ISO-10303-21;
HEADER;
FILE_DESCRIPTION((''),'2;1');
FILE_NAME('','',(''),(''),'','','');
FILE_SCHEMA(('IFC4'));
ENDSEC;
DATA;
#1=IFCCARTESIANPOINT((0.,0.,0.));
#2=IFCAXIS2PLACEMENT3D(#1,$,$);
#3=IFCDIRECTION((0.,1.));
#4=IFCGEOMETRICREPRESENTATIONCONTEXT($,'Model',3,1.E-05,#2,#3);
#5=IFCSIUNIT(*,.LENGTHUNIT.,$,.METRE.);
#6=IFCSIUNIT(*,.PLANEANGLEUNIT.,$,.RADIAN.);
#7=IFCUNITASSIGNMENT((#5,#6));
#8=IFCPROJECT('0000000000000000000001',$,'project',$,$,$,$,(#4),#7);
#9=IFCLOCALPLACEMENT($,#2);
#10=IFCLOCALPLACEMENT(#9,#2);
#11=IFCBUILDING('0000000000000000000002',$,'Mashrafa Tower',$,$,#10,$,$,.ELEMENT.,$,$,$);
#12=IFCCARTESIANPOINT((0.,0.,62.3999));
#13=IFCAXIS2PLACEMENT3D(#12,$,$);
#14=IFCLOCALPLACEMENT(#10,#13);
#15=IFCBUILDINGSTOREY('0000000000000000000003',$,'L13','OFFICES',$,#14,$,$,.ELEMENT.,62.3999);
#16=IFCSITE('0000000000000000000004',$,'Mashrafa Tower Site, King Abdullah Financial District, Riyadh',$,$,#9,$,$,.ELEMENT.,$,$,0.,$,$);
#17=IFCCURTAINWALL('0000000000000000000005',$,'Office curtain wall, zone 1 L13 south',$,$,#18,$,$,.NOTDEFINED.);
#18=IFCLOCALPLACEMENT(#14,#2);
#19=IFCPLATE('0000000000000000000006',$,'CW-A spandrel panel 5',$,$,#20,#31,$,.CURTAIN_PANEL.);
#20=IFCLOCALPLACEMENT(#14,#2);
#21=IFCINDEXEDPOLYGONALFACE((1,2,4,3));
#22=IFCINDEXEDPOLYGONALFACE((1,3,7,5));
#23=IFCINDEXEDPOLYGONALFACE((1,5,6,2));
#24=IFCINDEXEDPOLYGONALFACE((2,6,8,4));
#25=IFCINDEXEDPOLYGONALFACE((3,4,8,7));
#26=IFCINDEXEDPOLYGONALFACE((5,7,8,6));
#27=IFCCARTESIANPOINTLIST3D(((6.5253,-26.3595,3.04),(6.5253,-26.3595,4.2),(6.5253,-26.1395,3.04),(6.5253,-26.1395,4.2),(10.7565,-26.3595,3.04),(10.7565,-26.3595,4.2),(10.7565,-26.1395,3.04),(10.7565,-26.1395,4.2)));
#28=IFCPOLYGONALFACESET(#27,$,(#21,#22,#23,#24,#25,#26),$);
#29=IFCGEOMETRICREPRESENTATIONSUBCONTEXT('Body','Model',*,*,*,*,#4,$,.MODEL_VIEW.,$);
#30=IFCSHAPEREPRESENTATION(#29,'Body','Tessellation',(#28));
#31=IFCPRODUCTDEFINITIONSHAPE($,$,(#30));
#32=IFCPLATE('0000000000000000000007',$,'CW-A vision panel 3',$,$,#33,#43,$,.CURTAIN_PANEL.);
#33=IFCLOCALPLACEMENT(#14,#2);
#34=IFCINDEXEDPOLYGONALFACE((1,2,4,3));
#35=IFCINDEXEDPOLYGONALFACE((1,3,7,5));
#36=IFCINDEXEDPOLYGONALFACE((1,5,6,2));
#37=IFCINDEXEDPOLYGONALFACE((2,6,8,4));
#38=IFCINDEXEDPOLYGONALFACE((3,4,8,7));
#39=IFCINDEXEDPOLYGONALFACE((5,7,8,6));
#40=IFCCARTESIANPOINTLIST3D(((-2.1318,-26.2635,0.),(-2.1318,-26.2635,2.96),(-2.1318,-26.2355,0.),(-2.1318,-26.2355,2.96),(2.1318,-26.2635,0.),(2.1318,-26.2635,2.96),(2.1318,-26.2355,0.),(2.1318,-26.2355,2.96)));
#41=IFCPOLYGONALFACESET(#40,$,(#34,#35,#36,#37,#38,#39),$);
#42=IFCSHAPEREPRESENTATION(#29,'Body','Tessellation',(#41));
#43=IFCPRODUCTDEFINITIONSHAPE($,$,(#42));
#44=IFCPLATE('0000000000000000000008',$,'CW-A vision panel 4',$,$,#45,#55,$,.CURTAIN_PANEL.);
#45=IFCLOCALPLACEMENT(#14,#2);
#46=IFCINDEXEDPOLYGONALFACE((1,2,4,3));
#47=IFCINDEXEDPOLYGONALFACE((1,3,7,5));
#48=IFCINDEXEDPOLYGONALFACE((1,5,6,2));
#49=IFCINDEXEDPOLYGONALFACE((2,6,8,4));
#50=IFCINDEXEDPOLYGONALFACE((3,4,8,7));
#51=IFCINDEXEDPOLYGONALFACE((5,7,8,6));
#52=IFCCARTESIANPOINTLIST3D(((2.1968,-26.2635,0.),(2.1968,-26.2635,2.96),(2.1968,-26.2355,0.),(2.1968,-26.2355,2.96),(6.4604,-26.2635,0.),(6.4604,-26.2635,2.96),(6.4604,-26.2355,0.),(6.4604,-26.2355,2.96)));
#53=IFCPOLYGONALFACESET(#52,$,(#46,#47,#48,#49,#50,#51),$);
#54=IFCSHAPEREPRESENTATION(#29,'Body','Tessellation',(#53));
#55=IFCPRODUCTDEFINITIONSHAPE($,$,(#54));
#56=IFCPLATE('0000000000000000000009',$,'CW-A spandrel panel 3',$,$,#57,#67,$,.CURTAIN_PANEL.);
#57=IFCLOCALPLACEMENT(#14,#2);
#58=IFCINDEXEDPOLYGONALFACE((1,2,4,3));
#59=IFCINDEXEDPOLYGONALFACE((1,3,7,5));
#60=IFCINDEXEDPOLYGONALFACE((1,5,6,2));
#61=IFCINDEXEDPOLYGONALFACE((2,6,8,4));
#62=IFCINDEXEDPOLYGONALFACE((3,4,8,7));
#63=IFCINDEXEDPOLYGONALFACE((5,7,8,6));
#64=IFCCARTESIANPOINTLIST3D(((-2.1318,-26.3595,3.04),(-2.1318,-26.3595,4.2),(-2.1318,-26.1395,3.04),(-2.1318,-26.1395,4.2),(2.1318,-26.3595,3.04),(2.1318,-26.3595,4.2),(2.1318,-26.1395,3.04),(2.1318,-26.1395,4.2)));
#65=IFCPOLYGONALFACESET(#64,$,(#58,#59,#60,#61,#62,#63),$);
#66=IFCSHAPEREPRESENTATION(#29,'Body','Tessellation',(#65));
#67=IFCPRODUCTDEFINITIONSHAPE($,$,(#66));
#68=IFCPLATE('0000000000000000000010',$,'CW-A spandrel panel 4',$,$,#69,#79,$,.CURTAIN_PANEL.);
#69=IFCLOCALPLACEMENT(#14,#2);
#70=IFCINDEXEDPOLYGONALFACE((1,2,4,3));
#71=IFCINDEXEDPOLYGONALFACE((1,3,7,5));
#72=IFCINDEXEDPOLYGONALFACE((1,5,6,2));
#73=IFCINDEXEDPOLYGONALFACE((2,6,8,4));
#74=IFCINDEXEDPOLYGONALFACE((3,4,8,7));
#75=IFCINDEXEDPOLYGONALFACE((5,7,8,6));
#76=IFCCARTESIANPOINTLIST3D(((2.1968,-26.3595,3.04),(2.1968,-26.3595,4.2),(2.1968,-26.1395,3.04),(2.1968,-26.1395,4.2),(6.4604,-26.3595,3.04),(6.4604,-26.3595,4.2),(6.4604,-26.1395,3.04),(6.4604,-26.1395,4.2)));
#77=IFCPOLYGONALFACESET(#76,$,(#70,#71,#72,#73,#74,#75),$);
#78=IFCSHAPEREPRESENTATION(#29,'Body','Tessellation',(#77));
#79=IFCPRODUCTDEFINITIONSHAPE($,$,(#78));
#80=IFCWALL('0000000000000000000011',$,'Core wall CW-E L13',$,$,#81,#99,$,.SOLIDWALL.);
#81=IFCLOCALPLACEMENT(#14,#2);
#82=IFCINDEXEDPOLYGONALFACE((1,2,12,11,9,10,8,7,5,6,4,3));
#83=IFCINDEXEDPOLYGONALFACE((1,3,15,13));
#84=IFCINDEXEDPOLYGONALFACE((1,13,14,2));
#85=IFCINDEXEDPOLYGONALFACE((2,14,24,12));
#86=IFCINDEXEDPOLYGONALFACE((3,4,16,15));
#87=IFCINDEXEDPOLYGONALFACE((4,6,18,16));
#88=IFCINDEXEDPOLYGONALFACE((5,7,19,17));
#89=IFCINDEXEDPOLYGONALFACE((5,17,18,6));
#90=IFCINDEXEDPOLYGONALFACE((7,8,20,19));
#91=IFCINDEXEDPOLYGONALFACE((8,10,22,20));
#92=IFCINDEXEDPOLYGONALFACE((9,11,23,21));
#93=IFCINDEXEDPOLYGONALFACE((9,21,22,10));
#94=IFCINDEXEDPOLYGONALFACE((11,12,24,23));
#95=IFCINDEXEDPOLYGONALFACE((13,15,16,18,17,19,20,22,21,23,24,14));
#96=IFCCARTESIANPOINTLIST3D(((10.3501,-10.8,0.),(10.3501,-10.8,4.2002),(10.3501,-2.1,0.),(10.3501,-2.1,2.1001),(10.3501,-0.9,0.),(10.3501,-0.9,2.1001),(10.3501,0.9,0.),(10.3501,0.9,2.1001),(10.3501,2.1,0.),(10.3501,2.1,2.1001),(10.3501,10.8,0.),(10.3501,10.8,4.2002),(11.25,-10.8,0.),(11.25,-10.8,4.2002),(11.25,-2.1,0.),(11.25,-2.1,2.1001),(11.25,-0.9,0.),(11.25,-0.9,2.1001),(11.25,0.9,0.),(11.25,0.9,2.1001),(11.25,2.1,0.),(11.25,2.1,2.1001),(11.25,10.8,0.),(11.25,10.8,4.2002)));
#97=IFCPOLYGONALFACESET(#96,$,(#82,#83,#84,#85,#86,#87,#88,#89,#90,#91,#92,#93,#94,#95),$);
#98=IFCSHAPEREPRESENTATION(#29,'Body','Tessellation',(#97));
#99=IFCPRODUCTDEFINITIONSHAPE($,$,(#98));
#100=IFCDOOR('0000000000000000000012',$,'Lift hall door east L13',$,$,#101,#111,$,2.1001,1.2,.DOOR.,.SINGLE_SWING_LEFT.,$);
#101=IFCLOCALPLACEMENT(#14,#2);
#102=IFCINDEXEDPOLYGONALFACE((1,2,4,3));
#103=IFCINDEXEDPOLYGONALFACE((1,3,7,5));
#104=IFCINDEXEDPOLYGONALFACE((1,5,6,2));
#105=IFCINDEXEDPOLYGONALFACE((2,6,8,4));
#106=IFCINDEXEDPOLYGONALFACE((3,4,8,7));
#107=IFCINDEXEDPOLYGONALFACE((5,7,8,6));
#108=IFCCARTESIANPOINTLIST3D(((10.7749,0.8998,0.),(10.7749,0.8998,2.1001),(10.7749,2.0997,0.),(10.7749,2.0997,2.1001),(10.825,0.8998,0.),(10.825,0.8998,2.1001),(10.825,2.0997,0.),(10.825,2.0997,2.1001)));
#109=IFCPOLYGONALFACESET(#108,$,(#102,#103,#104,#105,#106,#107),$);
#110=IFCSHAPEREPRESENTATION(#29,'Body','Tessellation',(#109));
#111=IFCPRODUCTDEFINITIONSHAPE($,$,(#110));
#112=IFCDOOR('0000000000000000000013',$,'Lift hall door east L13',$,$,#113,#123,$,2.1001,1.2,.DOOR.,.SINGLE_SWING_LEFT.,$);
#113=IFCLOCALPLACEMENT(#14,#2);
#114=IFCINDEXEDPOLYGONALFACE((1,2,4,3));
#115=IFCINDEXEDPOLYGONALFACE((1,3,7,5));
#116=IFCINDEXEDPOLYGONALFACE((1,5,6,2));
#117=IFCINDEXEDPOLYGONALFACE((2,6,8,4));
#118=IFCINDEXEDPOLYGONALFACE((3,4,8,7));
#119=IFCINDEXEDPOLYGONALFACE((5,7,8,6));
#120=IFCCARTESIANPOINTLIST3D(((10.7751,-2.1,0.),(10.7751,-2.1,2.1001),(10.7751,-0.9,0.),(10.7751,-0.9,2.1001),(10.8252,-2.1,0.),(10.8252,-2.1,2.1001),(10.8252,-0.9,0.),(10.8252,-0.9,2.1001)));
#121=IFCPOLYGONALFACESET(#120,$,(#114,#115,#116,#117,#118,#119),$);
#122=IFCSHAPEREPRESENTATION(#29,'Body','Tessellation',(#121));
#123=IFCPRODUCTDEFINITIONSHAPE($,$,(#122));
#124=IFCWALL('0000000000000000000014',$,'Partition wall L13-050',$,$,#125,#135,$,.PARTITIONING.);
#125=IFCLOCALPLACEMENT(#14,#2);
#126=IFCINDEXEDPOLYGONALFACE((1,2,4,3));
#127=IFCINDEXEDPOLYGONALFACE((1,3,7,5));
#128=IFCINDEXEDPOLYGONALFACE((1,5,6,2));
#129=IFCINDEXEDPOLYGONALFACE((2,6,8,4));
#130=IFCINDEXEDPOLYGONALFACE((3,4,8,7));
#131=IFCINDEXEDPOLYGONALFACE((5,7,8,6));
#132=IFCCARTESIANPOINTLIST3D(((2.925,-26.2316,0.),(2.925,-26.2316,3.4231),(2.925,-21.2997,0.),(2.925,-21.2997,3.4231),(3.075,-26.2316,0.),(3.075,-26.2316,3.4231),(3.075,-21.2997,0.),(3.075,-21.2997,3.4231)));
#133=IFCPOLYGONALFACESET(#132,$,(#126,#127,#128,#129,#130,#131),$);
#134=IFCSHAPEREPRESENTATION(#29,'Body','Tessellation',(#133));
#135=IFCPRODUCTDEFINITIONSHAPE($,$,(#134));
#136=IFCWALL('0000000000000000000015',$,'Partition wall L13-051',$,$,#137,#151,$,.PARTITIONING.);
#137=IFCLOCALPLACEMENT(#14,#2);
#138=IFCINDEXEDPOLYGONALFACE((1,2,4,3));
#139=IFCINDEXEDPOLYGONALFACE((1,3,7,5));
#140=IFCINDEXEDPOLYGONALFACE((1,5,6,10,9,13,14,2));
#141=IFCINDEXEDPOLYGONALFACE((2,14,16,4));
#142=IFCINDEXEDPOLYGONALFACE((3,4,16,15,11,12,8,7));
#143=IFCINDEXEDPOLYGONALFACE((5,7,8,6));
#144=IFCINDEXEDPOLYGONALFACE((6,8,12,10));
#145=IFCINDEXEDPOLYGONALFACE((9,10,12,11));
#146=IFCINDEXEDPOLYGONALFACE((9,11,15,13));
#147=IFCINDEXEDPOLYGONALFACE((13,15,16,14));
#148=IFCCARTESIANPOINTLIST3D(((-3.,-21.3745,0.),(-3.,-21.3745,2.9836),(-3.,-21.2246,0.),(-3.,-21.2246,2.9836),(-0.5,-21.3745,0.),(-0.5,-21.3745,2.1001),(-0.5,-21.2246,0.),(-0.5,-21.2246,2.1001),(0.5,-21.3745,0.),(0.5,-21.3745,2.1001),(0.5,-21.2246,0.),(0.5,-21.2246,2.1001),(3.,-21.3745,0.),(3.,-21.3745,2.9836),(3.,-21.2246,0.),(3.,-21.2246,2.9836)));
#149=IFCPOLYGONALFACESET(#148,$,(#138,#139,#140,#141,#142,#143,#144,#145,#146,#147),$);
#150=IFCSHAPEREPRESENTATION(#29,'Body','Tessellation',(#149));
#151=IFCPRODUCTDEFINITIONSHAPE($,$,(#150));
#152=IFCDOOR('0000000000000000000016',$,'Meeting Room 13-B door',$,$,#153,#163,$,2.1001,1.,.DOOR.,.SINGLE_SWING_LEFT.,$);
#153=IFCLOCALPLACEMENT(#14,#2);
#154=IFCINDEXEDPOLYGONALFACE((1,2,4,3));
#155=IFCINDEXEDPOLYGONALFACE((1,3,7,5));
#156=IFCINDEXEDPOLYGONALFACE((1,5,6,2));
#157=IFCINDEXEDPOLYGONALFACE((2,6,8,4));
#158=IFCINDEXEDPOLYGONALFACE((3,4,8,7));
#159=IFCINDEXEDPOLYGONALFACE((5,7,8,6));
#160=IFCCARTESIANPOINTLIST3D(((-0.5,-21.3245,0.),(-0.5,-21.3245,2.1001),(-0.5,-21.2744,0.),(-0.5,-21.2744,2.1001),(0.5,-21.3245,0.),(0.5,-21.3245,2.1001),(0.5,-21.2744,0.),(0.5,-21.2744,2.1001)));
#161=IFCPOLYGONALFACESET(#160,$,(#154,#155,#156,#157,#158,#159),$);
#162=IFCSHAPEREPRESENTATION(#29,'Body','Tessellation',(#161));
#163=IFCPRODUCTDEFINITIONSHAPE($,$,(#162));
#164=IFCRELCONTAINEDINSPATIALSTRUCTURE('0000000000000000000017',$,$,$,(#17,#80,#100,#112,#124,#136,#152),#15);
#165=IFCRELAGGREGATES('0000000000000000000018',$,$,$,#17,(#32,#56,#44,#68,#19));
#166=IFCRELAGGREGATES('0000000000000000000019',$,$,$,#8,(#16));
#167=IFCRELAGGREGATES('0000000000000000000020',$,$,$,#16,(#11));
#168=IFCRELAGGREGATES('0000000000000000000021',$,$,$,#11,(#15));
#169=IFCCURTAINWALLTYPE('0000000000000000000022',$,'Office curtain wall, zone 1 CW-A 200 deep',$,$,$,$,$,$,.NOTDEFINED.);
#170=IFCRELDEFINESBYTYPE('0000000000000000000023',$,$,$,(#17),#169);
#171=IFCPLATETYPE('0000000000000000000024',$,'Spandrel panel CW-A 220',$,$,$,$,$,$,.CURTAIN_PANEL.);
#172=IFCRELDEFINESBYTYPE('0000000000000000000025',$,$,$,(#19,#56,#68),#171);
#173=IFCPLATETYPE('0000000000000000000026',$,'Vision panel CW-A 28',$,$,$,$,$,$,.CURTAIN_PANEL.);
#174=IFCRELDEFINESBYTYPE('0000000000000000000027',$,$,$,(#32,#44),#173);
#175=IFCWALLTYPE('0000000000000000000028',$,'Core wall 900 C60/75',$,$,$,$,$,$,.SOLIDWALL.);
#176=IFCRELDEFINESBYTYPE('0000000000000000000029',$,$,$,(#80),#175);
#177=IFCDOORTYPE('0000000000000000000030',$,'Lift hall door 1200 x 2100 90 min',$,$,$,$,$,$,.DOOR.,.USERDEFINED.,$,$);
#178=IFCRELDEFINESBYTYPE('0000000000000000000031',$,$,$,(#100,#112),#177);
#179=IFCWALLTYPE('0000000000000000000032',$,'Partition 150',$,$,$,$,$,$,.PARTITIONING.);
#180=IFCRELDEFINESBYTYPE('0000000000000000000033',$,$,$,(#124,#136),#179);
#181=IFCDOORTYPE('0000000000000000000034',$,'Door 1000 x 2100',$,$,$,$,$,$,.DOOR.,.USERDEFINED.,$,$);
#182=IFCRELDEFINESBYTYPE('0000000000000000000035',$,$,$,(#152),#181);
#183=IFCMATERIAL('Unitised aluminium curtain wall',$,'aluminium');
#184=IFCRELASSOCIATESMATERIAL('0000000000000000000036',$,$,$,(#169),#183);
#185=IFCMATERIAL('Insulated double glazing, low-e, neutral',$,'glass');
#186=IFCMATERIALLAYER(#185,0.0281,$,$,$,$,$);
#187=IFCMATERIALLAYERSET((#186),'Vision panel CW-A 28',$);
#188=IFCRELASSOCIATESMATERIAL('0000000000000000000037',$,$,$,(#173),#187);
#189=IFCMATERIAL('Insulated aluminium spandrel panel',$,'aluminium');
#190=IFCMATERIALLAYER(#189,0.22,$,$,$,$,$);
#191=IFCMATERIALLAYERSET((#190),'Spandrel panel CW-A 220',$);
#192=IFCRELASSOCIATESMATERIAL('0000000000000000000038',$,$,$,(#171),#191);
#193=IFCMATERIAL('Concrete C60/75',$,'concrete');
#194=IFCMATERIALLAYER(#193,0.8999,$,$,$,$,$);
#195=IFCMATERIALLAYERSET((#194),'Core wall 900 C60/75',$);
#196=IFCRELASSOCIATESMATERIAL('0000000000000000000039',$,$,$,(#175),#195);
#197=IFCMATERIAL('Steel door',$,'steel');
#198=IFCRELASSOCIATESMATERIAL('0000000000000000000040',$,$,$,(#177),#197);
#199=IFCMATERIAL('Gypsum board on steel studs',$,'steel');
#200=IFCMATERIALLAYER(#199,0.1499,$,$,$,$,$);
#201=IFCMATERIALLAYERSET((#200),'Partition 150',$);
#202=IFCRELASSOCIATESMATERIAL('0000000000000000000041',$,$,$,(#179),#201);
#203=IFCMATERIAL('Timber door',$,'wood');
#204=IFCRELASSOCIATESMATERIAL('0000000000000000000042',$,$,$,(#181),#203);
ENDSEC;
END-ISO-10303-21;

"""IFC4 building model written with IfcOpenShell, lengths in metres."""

from ifc_helpers import new_model, si_unit, direction, frame, frame_2d, origin, origin_2d, place, context, subcontext, project, spatial, rectangle, extrude, source, transform, mapped, material, layer, layer_set, type_object, type_shapes, element, fill, aggregate, save


model = new_model("IFC4")

# Units and contexts
model_context = context("Model", 3, precision=1e-05, world=origin(), true_north=direction((0.0, 1.0)))
body_context = subcontext(model_context, "Body", "Model", "MODEL_VIEW")
ifc_project = project(units=[si_unit("LENGTHUNIT", "METRE"), si_unit("PLANEANGLEUNIT", "RADIAN")], contexts=[model_context])

# Site, building, storey
site_placement = place(None, origin())
site = spatial("IfcSite", under=ifc_project, at=site_placement, Name="Mashrafa Tower Site, King Abdullah Financial District, Riyadh", CompositionType="ELEMENT", RefElevation=0.0)
building_placement = place(site_placement, origin())
building = spatial("IfcBuilding", under=site, at=building_placement, Name="Mashrafa Tower", CompositionType="ELEMENT")
storey_placement = place(building_placement, frame((0.0, 0.0, 62.3999)))
storey = spatial("IfcBuildingStorey", under=building, at=storey_placement, Name="L13", Description="OFFICES", CompositionType="ELEMENT", Elevation=62.3999)

# Curtain wall, plates
ifc_material_1 = material(Name="Unitised aluminium curtain wall", Category="aluminium")
curtain_wall_type = type_object("IfcCurtainWallType", Name="Office curtain wall, zone 1 CW-A 200 deep", PredefinedType="NOTDEFINED", material=ifc_material_1)
curtain_wall_placement = place(storey_placement, origin())
curtain_wall = element("IfcCurtainWall", 1, at=curtain_wall_placement, inside=storey, type_object=curtain_wall_type, Name="Office curtain wall, zone 1 L13 south", PredefinedType="NOTDEFINED")
ifc_material_2 = material(Name="Insulated double glazing, low-e, neutral", Category="glass")
ifc_layer_1 = layer(ifc_material_2, 0.0281)
ifc_layer_set_1 = layer_set([ifc_layer_1], Name="Vision panel CW-A 28")
plate_type_1 = type_object("IfcPlateType", Name="Vision panel CW-A 28", PredefinedType="CURTAIN_PANEL", material=ifc_layer_set_1)
ifc_material_3 = material(Name="Insulated aluminium spandrel panel", Category="aluminium")
ifc_layer_2 = layer(ifc_material_3, 0.22)
ifc_layer_set_2 = layer_set([ifc_layer_2], Name="Spandrel panel CW-A 220")
plate_type_2 = type_object("IfcPlateType", Name="Spandrel panel CW-A 220", PredefinedType="CURTAIN_PANEL", material=ifc_layer_set_2)
shared_shape_1 = source(origin(), body_context, "Body", "SweptSolid", [
    extrude(rectangle(XDim=4.2312, YDim=0.22, at=origin_2d()), origin(), (0.0, 0.0, 1.0), 1.1599),
])
plate_1_placement = place(storey_placement, frame((8.6409, -26.2495, 3.04), z_axis=(0.0, 0.0, 1.0), x_axis=(1.0, 0.0, 0.0)))
plate_1 = element("IfcPlate", 2, at=plate_1_placement, type_object=plate_type_2, Name="CW-A spandrel panel 5", PredefinedType="CURTAIN_PANEL", context=body_context, shape_type="MappedRepresentation", body=[
    mapped(shared_shape_1, transform((0.0, 0.0, 0.0))),
])
shared_shape_2 = source(origin(), body_context, "Body", "SweptSolid", [
    extrude(rectangle(XDim=4.2637, YDim=0.0281, at=origin_2d()), origin(), (0.0, 0.0, 1.0), 2.96),
])
plate_2_placement = place(storey_placement, frame((0.0, -26.2495, 0.0), z_axis=(0.0, 0.0, 1.0), x_axis=(1.0, 0.0, 0.0)))
plate_2 = element("IfcPlate", 3, at=plate_2_placement, type_object=plate_type_1, Name="CW-A vision panel 3", PredefinedType="CURTAIN_PANEL", context=body_context, shape_type="MappedRepresentation", body=[
    mapped(shared_shape_2, transform((0.0, 0.0, 0.0))),
])
plate_3_placement = place(storey_placement, frame((4.3286, -26.2495, 0.0), z_axis=(0.0, 0.0, 1.0), x_axis=(1.0, 0.0, 0.0)))
plate_3 = element("IfcPlate", 4, at=plate_3_placement, type_object=plate_type_1, Name="CW-A vision panel 4", PredefinedType="CURTAIN_PANEL", context=body_context, shape_type="MappedRepresentation", body=[
    mapped(shared_shape_2, transform((0.0, 0.0, 0.0))),
])
shared_shape_3 = source(origin(), body_context, "Body", "SweptSolid", [
    extrude(rectangle(XDim=4.2637, YDim=0.22, at=origin_2d()), origin(), (0.0, 0.0, 1.0), 1.1599),
])
type_shapes(plate_type_2, [shared_shape_1, shared_shape_3])
plate_4_placement = place(storey_placement, frame((0.0, -26.2495, 3.04), z_axis=(0.0, 0.0, 1.0), x_axis=(1.0, 0.0, 0.0)))
plate_4 = element("IfcPlate", 5, at=plate_4_placement, type_object=plate_type_2, Name="CW-A spandrel panel 3", PredefinedType="CURTAIN_PANEL", context=body_context, shape_type="MappedRepresentation", body=[
    mapped(shared_shape_3, transform((0.0, 0.0, 0.0))),
])
plate_5_placement = place(storey_placement, frame((4.3286, -26.2495, 3.04), z_axis=(0.0, 0.0, 1.0), x_axis=(1.0, 0.0, 0.0)))
plate_5 = element("IfcPlate", 6, at=plate_5_placement, type_object=plate_type_2, Name="CW-A spandrel panel 4", PredefinedType="CURTAIN_PANEL", context=body_context, shape_type="MappedRepresentation", body=[
    mapped(shared_shape_3, transform((0.0, 0.0, 0.0))),
])
aggregate(curtain_wall, [plate_2, plate_4, plate_3, plate_5, plate_1])

# Wall, openings, doors
ifc_material_4 = material(Name="Concrete C60/75", Category="concrete")
ifc_layer_3 = layer(ifc_material_4, 0.8999)
ifc_layer_set_3 = layer_set([ifc_layer_3], Name="Core wall 900 C60/75")
wall_type_1 = type_object("IfcWallType", Name="Core wall 900 C60/75", PredefinedType="SOLIDWALL", material=ifc_layer_set_3)
wall_1_placement = place(storey_placement, frame((10.8, -10.8, 0.0), z_axis=(0.0, 0.0, 1.0), x_axis=(0.0, 1.0, 0.0)))
wall_1 = element("IfcWall", 7, at=wall_1_placement, inside=storey, type_object=wall_type_1, Name="Core wall CW-E L13", PredefinedType="SOLIDWALL", context=body_context, shape_type="SweptSolid", body=[
    extrude(rectangle(XDim=21.6001, YDim=0.8999, at=frame_2d((10.8, 0.0))), origin(), (0.0, 0.0, 1.0), 4.2002),
])
opening_1_placement = place(wall_1_placement, frame((11.7, 0.0, 0.0)))
opening_1 = element("IfcOpeningElement", 8, at=opening_1_placement, cuts=wall_1, PredefinedType="OPENING", context=body_context, shape_type="SweptSolid", body=[
    extrude(rectangle(XDim=1.2, YDim=2.1001, at=frame_2d((0.6001, 1.05))), frame((0.0, 0.46, 0.0), z_axis=(0.0, -1.0, 0.0), x_axis=(1.0, 0.0, 0.0)), (0.0, 0.0, 1.0), 0.9199),
])
opening_2_placement = place(wall_1_placement, frame((8.7, 0.0, 0.0)))
opening_2 = element("IfcOpeningElement", 9, at=opening_2_placement, cuts=wall_1, PredefinedType="OPENING", context=body_context, shape_type="SweptSolid", body=[
    extrude(rectangle(XDim=1.2, YDim=2.1001, at=frame_2d((0.6001, 1.05))), frame((0.0, 0.46, 0.0), z_axis=(0.0, -1.0, 0.0), x_axis=(1.0, 0.0, 0.0)), (0.0, 0.0, 1.0), 0.9199),
])
ifc_material_5 = material(Name="Steel door", Category="steel")
door_type_1 = type_object("IfcDoorType", Name="Lift hall door 1200 x 2100 90 min", OperationType="USERDEFINED", PredefinedType="DOOR", material=ifc_material_5)
door_1_placement = place(opening_1_placement, frame((1.2, 0.0, 0.0), z_axis=(0.0, 0.0, 1.0), x_axis=(-1.0, 0.0, 0.0)))
door_1 = element("IfcDoor", 10, at=door_1_placement, inside=storey, type_object=door_type_1, Name="Lift hall door east L13", OperationType="SINGLE_SWING_LEFT", OverallHeight=2.1001, OverallWidth=1.2, PredefinedType="DOOR", context=body_context, shape_type="SweptSolid", body=[
    extrude(rectangle(XDim=1.2, YDim=2.1001, at=frame_2d((0.6001, 1.05))), frame((0.0, 0.0249, 0.0), z_axis=(0.0, -1.0, 0.0), x_axis=(1.0, 0.0, 0.0)), (0.0, 0.0, 1.0), 0.05),
])
fill(opening_1, door_1)
door_2_placement = place(opening_2_placement, origin())
door_2 = element("IfcDoor", 11, at=door_2_placement, inside=storey, type_object=door_type_1, Name="Lift hall door east L13", OperationType="SINGLE_SWING_LEFT", OverallHeight=2.1001, OverallWidth=1.2, PredefinedType="DOOR", context=body_context, shape_type="SweptSolid", body=[
    extrude(rectangle(XDim=1.2, YDim=2.1001, at=frame_2d((0.6001, 1.05))), frame((0.0, 0.0249, 0.0), z_axis=(0.0, -1.0, 0.0), x_axis=(1.0, 0.0, 0.0)), (0.0, 0.0, 1.0), 0.05),
])
fill(opening_2, door_2)

# Wall
ifc_material_6 = material(Name="Gypsum board on steel studs", Category="steel")
ifc_layer_4 = layer(ifc_material_6, 0.1499)
ifc_layer_set_4 = layer_set([ifc_layer_4], Name="Partition 150")
wall_type_2 = type_object("IfcWallType", Name="Partition 150", PredefinedType="PARTITIONING", material=ifc_layer_set_4)
wall_2_placement = place(storey_placement, frame((3.0, -26.2314, 0.0), z_axis=(0.0, 0.0, 1.0), x_axis=(0.0, 1.0, 0.0)))
element("IfcWall", 12, at=wall_2_placement, inside=storey, type_object=wall_type_2, Name="Partition wall L13-050", PredefinedType="PARTITIONING", context=body_context, shape_type="SweptSolid", body=[
    extrude(rectangle(XDim=4.9319, YDim=0.1499, at=frame_2d((2.4658, 0.0))), origin(), (0.0, 0.0, 1.0), 3.4231),
])

# Wall, opening, door
wall_3_placement = place(storey_placement, frame((3.0, -21.2996, 0.0), z_axis=(0.0, 0.0, 1.0), x_axis=(-1.0, 0.0, 0.0)))
wall_3 = element("IfcWall", 13, at=wall_3_placement, inside=storey, type_object=wall_type_2, Name="Partition wall L13-051", PredefinedType="PARTITIONING", context=body_context, shape_type="SweptSolid", body=[
    extrude(rectangle(XDim=6.0, YDim=0.1499, at=frame_2d((3.0, 0.0))), origin(), (0.0, 0.0, 1.0), 2.9836),
])
opening_3_placement = place(wall_3_placement, frame((2.5, 0.0, 0.0)))
opening_3 = element("IfcOpeningElement", 14, at=opening_3_placement, cuts=wall_3, PredefinedType="OPENING", context=body_context, shape_type="SweptSolid", body=[
    extrude(rectangle(XDim=1.0, YDim=2.1001, at=frame_2d((0.5, 1.05))), frame((0.0, 0.085, 0.0), z_axis=(0.0, -1.0, 0.0), x_axis=(1.0, 0.0, 0.0)), (0.0, 0.0, 1.0), 0.1699),
])
ifc_material_7 = material(Name="Timber door", Category="wood")
door_type_2 = type_object("IfcDoorType", Name="Door 1000 x 2100", OperationType="USERDEFINED", PredefinedType="DOOR", material=ifc_material_7)
door_3_placement = place(opening_3_placement, origin())
door_3 = element("IfcDoor", 15, at=door_3_placement, inside=storey, type_object=door_type_2, Name="Meeting Room 13-B door", OperationType="SINGLE_SWING_LEFT", OverallHeight=2.1001, OverallWidth=1.0, PredefinedType="DOOR", context=body_context, shape_type="SweptSolid", body=[
    extrude(rectangle(XDim=1.0, YDim=2.1001, at=frame_2d((0.5, 1.05))), frame((0.0, 0.0249, 0.0), z_axis=(0.0, -1.0, 0.0), x_axis=(1.0, 0.0, 0.0)), (0.0, 0.0, 1.0), 0.05),
])
fill(opening_3, door_3)

save(model, "model.ifc")
